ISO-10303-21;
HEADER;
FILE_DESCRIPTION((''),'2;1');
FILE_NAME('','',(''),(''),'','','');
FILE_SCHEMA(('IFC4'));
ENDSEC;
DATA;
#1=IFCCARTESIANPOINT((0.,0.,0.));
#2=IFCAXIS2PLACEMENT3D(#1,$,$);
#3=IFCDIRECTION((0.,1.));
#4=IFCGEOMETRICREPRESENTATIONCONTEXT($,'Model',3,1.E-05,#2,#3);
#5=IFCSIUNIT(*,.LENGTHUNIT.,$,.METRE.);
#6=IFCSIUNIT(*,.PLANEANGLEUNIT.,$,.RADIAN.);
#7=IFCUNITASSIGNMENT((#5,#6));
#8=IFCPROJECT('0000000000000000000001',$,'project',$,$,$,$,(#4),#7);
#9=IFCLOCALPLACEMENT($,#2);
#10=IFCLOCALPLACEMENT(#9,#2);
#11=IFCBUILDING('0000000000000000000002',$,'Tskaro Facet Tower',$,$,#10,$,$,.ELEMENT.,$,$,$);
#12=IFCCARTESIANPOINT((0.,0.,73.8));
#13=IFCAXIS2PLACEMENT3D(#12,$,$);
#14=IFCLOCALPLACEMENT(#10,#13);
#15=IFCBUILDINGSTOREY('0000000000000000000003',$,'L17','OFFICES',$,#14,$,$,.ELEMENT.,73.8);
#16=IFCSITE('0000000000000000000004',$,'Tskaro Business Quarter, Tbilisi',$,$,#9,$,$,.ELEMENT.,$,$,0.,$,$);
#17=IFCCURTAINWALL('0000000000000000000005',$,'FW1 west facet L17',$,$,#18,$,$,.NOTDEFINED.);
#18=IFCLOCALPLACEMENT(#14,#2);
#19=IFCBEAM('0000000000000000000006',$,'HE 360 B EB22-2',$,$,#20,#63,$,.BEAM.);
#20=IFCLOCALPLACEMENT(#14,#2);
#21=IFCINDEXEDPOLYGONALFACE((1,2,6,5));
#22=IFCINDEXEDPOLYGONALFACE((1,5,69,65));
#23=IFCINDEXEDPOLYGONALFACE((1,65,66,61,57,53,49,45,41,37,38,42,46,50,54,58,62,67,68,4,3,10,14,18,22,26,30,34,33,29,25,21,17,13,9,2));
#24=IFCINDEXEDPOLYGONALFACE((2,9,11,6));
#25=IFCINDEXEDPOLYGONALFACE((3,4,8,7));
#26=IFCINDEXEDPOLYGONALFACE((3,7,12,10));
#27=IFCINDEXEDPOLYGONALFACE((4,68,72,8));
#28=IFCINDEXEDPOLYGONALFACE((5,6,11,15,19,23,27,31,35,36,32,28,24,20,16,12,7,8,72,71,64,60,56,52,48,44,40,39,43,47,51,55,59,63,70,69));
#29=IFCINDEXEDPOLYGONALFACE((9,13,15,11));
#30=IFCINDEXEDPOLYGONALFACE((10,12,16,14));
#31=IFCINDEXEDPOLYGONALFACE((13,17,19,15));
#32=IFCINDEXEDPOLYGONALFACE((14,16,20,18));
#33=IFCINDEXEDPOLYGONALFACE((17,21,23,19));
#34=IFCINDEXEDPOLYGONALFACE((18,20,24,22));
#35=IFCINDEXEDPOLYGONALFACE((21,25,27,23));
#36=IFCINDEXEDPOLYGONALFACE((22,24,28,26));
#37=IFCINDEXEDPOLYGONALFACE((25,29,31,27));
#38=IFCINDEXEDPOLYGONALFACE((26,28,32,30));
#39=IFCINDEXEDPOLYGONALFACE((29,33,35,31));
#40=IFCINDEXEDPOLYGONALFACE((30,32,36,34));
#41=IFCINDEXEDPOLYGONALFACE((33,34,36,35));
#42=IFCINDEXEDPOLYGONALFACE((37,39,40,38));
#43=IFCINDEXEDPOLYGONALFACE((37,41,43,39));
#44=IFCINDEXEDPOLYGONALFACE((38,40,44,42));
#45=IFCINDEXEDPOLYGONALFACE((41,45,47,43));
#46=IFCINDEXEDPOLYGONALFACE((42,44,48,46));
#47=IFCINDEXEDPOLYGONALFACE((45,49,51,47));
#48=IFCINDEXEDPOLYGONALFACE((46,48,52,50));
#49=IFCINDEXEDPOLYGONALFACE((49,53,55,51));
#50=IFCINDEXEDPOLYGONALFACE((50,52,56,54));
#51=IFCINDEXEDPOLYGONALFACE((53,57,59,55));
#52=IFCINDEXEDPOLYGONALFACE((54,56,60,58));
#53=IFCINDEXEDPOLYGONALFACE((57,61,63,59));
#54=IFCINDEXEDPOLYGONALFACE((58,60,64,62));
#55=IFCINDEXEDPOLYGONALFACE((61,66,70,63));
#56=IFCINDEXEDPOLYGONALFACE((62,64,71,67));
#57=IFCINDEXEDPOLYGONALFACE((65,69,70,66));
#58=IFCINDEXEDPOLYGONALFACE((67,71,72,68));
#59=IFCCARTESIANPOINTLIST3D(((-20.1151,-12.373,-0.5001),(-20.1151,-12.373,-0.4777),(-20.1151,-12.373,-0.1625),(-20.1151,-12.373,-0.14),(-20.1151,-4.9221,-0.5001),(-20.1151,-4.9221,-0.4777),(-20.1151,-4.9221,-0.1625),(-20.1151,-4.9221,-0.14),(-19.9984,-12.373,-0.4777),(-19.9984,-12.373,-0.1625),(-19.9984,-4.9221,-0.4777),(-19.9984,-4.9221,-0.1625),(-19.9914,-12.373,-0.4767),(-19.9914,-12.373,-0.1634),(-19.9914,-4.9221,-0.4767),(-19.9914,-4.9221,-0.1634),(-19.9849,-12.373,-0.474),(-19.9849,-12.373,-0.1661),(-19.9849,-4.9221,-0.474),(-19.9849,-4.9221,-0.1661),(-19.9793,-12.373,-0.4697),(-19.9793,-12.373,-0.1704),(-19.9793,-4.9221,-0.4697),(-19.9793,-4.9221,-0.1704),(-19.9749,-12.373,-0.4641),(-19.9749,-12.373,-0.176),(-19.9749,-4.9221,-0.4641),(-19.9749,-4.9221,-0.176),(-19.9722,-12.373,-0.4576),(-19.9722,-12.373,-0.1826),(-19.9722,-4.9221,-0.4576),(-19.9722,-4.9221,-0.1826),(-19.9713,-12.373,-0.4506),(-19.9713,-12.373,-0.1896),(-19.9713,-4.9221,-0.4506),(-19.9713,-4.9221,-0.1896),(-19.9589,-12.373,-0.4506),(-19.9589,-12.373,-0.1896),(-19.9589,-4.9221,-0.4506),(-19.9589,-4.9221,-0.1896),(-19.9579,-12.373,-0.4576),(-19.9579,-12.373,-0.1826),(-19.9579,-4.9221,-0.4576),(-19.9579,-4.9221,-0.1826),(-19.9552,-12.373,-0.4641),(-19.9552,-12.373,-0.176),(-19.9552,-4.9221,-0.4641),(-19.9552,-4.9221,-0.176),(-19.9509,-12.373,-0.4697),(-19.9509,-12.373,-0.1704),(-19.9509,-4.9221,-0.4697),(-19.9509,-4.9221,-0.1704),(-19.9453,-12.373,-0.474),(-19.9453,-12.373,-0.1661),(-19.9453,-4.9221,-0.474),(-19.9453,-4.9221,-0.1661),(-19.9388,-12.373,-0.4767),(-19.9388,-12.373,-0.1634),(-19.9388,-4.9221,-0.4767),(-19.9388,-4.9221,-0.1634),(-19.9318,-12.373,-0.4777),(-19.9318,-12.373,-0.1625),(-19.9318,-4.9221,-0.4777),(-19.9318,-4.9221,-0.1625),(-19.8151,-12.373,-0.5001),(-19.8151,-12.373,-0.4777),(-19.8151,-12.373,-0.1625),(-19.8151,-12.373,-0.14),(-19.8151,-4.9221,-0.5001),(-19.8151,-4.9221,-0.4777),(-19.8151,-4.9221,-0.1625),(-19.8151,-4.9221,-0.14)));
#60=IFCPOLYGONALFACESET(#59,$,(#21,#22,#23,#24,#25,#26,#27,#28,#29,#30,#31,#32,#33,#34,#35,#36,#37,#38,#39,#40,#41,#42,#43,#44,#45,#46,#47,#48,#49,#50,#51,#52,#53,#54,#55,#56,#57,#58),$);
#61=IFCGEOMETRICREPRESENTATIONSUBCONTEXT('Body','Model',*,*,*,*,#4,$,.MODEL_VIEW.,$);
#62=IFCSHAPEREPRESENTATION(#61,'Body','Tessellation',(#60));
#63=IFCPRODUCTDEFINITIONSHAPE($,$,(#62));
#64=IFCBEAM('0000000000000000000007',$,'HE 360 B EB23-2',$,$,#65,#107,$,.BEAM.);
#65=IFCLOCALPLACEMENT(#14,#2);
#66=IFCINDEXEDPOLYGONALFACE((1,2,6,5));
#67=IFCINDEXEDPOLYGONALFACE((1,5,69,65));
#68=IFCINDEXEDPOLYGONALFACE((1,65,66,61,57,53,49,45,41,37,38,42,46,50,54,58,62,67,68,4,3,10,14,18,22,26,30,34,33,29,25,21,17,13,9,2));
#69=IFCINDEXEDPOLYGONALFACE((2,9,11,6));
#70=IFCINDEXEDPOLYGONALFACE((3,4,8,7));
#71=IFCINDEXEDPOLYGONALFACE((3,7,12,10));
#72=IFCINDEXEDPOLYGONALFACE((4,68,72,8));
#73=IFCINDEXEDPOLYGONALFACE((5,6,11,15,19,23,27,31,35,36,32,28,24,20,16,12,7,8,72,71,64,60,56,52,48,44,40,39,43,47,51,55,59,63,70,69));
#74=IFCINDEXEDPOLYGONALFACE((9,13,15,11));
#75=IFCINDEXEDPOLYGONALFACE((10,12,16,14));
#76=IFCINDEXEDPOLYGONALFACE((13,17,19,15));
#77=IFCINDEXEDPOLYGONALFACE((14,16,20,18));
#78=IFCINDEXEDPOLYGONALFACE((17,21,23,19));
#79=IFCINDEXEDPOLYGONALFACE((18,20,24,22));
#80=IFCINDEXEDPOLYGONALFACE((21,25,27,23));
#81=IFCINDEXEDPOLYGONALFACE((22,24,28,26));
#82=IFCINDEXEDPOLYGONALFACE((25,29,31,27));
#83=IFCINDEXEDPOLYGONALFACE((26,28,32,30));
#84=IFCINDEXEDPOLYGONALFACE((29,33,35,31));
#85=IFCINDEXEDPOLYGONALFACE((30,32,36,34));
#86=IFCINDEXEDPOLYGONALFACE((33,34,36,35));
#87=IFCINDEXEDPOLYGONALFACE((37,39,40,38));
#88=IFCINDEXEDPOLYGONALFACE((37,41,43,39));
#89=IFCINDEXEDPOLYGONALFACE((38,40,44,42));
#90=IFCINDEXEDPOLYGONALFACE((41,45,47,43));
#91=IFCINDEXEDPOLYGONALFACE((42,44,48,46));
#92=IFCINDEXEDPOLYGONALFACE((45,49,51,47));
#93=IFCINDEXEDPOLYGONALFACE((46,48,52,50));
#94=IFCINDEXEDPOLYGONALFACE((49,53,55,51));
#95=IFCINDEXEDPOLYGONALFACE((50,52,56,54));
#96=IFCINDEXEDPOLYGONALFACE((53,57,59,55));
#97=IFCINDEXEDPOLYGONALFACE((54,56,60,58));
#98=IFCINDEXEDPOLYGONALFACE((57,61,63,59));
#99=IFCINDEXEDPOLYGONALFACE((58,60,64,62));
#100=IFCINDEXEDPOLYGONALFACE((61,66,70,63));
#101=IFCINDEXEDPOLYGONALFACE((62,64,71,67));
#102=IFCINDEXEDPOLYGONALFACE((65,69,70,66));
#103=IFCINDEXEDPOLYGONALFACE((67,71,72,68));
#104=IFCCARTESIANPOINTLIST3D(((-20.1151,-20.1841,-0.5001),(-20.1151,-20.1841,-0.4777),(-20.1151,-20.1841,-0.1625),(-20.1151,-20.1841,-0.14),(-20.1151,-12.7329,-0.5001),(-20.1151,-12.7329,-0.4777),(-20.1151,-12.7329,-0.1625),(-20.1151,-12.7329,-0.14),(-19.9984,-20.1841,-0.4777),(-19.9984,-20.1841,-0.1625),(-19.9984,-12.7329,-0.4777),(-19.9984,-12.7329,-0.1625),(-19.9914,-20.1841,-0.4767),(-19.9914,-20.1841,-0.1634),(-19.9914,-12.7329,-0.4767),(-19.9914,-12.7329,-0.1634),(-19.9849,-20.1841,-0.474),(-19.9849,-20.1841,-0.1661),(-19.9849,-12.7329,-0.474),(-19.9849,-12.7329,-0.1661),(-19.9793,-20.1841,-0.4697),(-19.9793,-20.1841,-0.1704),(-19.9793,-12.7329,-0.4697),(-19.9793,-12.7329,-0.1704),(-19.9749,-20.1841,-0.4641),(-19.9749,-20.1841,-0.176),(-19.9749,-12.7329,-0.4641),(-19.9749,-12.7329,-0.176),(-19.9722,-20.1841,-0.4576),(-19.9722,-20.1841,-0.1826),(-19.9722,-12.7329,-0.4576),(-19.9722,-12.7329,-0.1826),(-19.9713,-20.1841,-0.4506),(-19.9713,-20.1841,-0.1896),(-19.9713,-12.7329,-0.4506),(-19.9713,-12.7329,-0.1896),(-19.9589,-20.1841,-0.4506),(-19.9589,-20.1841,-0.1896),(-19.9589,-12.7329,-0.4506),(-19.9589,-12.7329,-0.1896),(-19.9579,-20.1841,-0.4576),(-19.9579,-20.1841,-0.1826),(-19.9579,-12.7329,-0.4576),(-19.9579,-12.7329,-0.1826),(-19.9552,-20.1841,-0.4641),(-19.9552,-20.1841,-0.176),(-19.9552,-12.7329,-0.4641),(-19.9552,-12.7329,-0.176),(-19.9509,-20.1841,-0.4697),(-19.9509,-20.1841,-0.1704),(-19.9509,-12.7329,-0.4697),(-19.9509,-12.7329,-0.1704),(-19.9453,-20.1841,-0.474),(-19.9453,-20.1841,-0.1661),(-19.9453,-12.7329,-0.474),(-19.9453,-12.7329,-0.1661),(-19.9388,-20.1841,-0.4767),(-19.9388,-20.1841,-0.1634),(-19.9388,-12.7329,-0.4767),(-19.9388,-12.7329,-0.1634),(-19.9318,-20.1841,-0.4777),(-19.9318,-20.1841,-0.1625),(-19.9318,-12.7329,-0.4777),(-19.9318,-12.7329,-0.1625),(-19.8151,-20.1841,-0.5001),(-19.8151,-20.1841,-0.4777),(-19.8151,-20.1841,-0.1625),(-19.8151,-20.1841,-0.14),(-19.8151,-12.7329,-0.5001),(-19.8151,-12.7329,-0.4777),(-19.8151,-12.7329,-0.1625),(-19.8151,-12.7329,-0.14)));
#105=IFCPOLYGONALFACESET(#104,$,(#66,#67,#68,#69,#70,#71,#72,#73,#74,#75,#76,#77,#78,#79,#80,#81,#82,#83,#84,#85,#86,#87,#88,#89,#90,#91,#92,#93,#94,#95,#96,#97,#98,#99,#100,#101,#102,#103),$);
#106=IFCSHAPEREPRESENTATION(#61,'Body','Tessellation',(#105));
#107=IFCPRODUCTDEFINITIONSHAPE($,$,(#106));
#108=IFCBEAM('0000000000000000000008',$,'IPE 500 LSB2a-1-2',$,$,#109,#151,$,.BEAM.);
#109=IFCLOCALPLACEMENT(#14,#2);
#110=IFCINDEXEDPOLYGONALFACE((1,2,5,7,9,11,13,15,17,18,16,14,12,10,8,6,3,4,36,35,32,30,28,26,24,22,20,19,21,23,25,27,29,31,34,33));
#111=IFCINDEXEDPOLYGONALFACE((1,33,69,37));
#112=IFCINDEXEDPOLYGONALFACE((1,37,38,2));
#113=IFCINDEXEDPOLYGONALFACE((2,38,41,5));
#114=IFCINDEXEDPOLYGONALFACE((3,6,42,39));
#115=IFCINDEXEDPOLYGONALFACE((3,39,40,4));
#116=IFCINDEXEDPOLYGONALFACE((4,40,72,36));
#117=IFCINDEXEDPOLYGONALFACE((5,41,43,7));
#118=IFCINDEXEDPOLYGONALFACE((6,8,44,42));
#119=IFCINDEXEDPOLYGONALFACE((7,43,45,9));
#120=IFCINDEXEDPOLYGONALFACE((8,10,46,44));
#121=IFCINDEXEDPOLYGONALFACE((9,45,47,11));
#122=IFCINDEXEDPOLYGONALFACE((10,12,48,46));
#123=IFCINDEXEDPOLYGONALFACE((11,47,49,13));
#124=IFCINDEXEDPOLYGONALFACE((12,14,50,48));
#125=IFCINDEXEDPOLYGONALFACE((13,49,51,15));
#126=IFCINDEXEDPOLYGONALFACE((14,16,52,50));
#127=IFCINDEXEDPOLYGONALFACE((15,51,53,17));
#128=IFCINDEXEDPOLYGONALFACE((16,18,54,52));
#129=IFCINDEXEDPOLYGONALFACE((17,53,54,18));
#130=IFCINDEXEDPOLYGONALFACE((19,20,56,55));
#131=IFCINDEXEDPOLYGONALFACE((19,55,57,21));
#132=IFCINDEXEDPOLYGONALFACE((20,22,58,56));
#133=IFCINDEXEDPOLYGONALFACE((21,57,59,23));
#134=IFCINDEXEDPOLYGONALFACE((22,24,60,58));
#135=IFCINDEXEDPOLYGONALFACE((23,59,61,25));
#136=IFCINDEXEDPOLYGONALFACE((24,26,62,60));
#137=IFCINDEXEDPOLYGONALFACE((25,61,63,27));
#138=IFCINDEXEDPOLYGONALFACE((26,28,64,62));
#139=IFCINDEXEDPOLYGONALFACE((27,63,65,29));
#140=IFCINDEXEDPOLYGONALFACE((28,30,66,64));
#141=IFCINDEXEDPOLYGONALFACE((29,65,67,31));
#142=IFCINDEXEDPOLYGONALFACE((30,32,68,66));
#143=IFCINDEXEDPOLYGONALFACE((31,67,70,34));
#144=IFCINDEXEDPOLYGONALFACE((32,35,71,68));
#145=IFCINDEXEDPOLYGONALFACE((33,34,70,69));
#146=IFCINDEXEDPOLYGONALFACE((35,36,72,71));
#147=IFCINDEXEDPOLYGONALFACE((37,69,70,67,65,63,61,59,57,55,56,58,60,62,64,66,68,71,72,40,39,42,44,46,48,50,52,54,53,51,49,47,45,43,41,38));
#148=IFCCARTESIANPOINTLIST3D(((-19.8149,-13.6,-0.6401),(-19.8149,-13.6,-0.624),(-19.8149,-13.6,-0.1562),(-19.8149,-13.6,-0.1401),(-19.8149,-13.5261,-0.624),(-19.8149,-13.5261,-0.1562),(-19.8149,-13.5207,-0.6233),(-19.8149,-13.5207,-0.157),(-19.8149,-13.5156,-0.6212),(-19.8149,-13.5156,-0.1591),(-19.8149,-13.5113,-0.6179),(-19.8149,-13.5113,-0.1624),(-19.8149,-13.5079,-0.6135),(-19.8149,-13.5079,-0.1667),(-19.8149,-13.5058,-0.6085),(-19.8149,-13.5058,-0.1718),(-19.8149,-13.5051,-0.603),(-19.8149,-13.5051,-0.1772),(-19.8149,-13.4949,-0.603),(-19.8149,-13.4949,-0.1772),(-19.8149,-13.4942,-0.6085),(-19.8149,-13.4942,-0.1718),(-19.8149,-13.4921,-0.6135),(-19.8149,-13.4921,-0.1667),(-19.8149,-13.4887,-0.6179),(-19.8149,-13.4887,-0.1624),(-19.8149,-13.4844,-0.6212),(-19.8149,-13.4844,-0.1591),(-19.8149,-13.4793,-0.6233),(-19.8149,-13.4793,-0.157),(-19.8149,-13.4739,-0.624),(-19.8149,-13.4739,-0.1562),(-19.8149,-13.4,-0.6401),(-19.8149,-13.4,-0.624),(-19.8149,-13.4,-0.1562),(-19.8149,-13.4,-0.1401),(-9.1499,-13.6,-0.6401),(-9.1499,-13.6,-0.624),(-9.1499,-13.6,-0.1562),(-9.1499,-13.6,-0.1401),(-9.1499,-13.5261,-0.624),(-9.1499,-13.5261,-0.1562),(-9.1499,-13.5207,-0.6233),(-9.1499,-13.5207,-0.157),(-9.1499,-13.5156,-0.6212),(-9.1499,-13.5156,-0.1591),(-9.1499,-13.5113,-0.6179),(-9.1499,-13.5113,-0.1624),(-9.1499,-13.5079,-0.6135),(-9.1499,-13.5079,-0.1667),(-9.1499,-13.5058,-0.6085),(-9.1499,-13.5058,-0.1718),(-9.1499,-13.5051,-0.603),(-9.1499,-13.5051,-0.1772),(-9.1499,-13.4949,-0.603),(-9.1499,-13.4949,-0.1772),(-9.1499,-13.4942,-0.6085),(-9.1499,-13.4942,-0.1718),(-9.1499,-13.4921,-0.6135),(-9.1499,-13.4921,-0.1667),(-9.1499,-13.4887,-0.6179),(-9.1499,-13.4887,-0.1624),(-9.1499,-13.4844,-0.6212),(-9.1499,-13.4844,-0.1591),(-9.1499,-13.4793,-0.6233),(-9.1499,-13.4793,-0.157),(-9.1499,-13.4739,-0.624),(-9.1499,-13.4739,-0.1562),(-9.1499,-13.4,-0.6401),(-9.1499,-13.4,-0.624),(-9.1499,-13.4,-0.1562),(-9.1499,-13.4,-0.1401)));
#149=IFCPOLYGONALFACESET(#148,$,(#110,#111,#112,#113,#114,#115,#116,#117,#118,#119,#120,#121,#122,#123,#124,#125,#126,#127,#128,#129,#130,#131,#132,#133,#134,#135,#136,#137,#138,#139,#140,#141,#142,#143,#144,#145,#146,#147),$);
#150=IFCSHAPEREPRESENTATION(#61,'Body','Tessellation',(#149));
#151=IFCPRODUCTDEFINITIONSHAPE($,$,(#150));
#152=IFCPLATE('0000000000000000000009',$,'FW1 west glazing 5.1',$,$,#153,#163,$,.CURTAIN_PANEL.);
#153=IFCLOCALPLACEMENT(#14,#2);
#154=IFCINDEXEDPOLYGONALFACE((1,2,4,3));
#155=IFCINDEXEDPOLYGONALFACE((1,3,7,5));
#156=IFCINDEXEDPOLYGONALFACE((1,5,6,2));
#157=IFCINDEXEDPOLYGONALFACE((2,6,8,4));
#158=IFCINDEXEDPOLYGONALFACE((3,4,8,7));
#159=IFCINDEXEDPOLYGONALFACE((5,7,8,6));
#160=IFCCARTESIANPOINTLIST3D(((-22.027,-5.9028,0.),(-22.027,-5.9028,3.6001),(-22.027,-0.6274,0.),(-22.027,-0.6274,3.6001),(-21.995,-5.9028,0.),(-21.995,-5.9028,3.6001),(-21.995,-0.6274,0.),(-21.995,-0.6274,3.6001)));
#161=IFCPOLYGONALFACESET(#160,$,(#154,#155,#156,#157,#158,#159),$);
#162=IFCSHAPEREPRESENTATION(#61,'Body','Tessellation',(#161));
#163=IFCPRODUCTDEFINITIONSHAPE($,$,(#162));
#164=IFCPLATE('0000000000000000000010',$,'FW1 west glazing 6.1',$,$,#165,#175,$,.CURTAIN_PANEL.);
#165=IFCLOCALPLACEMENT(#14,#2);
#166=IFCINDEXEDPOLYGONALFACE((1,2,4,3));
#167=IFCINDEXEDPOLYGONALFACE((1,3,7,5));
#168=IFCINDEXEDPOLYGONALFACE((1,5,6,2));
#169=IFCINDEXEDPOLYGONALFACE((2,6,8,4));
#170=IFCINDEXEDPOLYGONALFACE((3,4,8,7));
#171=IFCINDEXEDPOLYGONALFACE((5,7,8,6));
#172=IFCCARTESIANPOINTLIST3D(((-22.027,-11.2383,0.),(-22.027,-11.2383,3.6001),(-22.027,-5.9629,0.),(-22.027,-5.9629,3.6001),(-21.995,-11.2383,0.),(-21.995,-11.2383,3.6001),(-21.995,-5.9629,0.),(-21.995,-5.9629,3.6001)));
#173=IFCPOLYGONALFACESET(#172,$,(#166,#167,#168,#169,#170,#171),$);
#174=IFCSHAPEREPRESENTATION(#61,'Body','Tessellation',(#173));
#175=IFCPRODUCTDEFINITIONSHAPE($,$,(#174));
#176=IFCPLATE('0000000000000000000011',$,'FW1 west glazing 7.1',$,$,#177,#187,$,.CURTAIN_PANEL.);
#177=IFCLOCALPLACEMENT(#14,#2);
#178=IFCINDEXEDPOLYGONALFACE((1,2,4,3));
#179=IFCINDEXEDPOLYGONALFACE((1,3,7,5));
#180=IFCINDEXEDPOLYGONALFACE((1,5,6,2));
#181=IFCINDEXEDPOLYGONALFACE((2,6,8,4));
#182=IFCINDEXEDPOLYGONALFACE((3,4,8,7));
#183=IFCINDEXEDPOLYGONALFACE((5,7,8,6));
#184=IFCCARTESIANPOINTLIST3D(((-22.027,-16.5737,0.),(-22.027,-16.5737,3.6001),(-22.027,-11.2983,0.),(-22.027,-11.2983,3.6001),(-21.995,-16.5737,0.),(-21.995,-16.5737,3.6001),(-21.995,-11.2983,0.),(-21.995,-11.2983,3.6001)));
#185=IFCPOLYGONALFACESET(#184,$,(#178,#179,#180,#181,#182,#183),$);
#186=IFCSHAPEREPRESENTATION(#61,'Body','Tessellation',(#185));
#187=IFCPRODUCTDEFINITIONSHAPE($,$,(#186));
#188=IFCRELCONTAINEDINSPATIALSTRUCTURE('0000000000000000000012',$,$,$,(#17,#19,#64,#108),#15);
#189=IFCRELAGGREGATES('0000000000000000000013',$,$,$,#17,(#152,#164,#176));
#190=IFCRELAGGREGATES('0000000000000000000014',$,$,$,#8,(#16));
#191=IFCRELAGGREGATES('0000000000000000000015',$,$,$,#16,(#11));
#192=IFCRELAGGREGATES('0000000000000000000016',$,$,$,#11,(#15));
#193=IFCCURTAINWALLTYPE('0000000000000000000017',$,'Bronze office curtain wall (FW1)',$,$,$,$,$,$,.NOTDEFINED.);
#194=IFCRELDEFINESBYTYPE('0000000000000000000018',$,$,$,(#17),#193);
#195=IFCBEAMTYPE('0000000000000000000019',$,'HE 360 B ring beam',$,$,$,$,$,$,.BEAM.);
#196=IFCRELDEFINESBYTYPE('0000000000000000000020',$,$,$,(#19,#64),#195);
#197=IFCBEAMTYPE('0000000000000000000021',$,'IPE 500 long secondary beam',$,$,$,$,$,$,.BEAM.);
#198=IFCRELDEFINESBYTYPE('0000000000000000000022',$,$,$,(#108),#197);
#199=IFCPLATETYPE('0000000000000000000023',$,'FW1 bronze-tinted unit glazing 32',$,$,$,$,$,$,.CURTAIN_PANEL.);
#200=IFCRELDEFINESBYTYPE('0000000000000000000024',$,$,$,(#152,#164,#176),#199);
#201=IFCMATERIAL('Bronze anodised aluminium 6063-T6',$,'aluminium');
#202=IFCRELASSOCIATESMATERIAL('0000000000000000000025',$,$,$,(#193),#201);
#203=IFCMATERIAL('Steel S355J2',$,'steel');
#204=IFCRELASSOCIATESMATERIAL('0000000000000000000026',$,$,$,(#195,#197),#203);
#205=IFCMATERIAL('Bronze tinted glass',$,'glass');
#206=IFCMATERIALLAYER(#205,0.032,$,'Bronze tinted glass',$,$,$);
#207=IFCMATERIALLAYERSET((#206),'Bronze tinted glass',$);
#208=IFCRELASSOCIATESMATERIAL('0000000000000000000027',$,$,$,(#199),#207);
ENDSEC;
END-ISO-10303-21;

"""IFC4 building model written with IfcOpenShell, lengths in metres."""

from ifc_helpers import new_model, si_unit, direction, frame, origin, origin_2d, place, context, subcontext, project, spatial, rectangle, i_section, extrude, material, layer, layer_set, material_profile, profile_set, type_object, element, aggregate, save


model = new_model("IFC4")

# Units and contexts
model_context = context("Model", 3, precision=1e-05, world=origin(), true_north=direction((0.0, 1.0)))
body_context = subcontext(model_context, "Body", "Model", "MODEL_VIEW")
ifc_project = project(units=[si_unit("LENGTHUNIT", "METRE"), si_unit("PLANEANGLEUNIT", "RADIAN")], contexts=[model_context])

# Site, building, storey
site_placement = place(None, origin())
site = spatial("IfcSite", under=ifc_project, at=site_placement, Name="Tskaro Business Quarter, Tbilisi", CompositionType="ELEMENT", RefElevation=0.0)
building_placement = place(site_placement, origin())
building = spatial("IfcBuilding", under=site, at=building_placement, Name="Tskaro Facet Tower", CompositionType="ELEMENT")
storey_placement = place(building_placement, frame((0.0, 0.0, 73.8)))
storey = spatial("IfcBuildingStorey", under=building, at=storey_placement, Name="L17", Description="OFFICES", CompositionType="ELEMENT", Elevation=73.8)

# Curtain wall
ifc_material_1 = material(Name="Bronze anodised aluminium 6063-T6", Category="aluminium")
curtain_wall_type = type_object("IfcCurtainWallType", Name="Bronze office curtain wall (FW1)", PredefinedType="NOTDEFINED", material=ifc_material_1)
curtain_wall_placement = place(storey_placement, origin())
curtain_wall = element("IfcCurtainWall", 1, at=curtain_wall_placement, inside=storey, type_object=curtain_wall_type, Name="FW1 west facet L17", PredefinedType="NOTDEFINED")

# Beams
ifc_material_2 = material(Name="Steel S355J2", Category="steel")
ifc_material_profile_1 = material_profile(ifc_material_2, i_section(OverallWidth=0.3, OverallDepth=0.3601, WebThickness=0.0125, FlangeThickness=0.0225, FilletRadius=0.0271, at=origin_2d()), Name="HE 360 B")
ifc_profile_set_1 = profile_set([ifc_material_profile_1], Name="Steel S355J2")
beam_type_1 = type_object("IfcBeamType", Name="HE 360 B ring beam", PredefinedType="BEAM", material=ifc_profile_set_1)
beam_1_placement = place(storey_placement, frame((-19.9651, -4.9221, -0.3201), z_axis=(0.0, -1.0, 0.0), x_axis=(1.0, 0.0, 0.0)))
element("IfcBeam", 2, at=beam_1_placement, inside=storey, type_object=beam_type_1, Name="HE 360 B EB22-2", PredefinedType="BEAM", context=body_context, shape_type="SweptSolid", body=[
    extrude(i_section(OverallWidth=0.3, OverallDepth=0.3601, WebThickness=0.0125, FlangeThickness=0.0225, FilletRadius=0.0271, at=origin_2d()), origin(), (0.0, 0.0, 1.0), 7.4509),
])
beam_2_placement = place(storey_placement, frame((-19.9651, -12.7329, -0.3201), z_axis=(0.0, -1.0, 0.0), x_axis=(1.0, 0.0, 0.0)))
element("IfcBeam", 3, at=beam_2_placement, inside=storey, type_object=beam_type_1, Name="HE 360 B EB23-2", PredefinedType="BEAM", context=body_context, shape_type="SweptSolid", body=[
    extrude(i_section(OverallWidth=0.3, OverallDepth=0.3601, WebThickness=0.0125, FlangeThickness=0.0225, FilletRadius=0.0271, at=origin_2d()), origin(), (0.0, 0.0, 1.0), 7.4512),
])
ifc_material_profile_2 = material_profile(ifc_material_2, i_section(OverallWidth=0.2, OverallDepth=0.5, WebThickness=0.0103, FlangeThickness=0.0161, FilletRadius=0.021, at=origin_2d()), Name="IPE 500")
ifc_profile_set_2 = profile_set([ifc_material_profile_2], Name="Steel S355J2")
beam_type_2 = type_object("IfcBeamType", Name="IPE 500 long secondary beam", PredefinedType="BEAM", material=ifc_profile_set_2)
beam_3_placement = place(storey_placement, frame((-19.8149, -13.5, -0.3901), z_axis=(1.0, 0.0, 0.0), x_axis=(0.0, 1.0, 0.0)))
element("IfcBeam", 4, at=beam_3_placement, inside=storey, type_object=beam_type_2, Name="IPE 500 LSB2a-1-2", PredefinedType="BEAM", context=body_context, shape_type="SweptSolid", body=[
    extrude(i_section(OverallWidth=0.2, OverallDepth=0.5, WebThickness=0.0103, FlangeThickness=0.0161, FilletRadius=0.021, at=origin_2d()), origin(), (0.0, 0.0, 1.0), 10.665),
])

# Plates
ifc_material_3 = material(Name="Bronze tinted glass", Category="glass")
ifc_layer_1 = layer(ifc_material_3, 0.032, Name="Bronze tinted glass")
ifc_layer_set_1 = layer_set([ifc_layer_1], Name="Bronze tinted glass")
plate_type = type_object("IfcPlateType", Name="FW1 bronze-tinted unit glazing 32", PredefinedType="CURTAIN_PANEL", material=ifc_layer_set_1)
plate_1_placement = place(storey_placement, frame((-22.011, -3.2651, 0.0), z_axis=(0.0, 0.0, 1.0), x_axis=(0.0, -1.0, 0.0)))
plate_1 = element("IfcPlate", 5, at=plate_1_placement, type_object=plate_type, Name="FW1 west glazing 5.1", PredefinedType="CURTAIN_PANEL", context=body_context, shape_type="SweptSolid", body=[
    extrude(rectangle(XDim=5.2754, YDim=0.032, at=origin_2d()), origin(), (0.0, 0.0, 1.0), 3.6001),
])
plate_2_placement = place(storey_placement, frame((-22.011, -8.6006, 0.0), z_axis=(0.0, 0.0, 1.0), x_axis=(0.0, -1.0, 0.0)))
plate_2 = element("IfcPlate", 6, at=plate_2_placement, type_object=plate_type, Name="FW1 west glazing 6.1", PredefinedType="CURTAIN_PANEL", context=body_context, shape_type="SweptSolid", body=[
    extrude(rectangle(XDim=5.2754, YDim=0.032, at=origin_2d()), origin(), (0.0, 0.0, 1.0), 3.6001),
])
plate_3_placement = place(storey_placement, frame((-22.011, -13.936, 0.0), z_axis=(0.0, 0.0, 1.0), x_axis=(0.0, -1.0, 0.0)))
plate_3 = element("IfcPlate", 7, at=plate_3_placement, type_object=plate_type, Name="FW1 west glazing 7.1", PredefinedType="CURTAIN_PANEL", context=body_context, shape_type="SweptSolid", body=[
    extrude(rectangle(XDim=5.2754, YDim=0.032, at=origin_2d()), origin(), (0.0, 0.0, 1.0), 3.6001),
])
aggregate(curtain_wall, [plate_1, plate_2, plate_3])

save(model, "model.ifc")
